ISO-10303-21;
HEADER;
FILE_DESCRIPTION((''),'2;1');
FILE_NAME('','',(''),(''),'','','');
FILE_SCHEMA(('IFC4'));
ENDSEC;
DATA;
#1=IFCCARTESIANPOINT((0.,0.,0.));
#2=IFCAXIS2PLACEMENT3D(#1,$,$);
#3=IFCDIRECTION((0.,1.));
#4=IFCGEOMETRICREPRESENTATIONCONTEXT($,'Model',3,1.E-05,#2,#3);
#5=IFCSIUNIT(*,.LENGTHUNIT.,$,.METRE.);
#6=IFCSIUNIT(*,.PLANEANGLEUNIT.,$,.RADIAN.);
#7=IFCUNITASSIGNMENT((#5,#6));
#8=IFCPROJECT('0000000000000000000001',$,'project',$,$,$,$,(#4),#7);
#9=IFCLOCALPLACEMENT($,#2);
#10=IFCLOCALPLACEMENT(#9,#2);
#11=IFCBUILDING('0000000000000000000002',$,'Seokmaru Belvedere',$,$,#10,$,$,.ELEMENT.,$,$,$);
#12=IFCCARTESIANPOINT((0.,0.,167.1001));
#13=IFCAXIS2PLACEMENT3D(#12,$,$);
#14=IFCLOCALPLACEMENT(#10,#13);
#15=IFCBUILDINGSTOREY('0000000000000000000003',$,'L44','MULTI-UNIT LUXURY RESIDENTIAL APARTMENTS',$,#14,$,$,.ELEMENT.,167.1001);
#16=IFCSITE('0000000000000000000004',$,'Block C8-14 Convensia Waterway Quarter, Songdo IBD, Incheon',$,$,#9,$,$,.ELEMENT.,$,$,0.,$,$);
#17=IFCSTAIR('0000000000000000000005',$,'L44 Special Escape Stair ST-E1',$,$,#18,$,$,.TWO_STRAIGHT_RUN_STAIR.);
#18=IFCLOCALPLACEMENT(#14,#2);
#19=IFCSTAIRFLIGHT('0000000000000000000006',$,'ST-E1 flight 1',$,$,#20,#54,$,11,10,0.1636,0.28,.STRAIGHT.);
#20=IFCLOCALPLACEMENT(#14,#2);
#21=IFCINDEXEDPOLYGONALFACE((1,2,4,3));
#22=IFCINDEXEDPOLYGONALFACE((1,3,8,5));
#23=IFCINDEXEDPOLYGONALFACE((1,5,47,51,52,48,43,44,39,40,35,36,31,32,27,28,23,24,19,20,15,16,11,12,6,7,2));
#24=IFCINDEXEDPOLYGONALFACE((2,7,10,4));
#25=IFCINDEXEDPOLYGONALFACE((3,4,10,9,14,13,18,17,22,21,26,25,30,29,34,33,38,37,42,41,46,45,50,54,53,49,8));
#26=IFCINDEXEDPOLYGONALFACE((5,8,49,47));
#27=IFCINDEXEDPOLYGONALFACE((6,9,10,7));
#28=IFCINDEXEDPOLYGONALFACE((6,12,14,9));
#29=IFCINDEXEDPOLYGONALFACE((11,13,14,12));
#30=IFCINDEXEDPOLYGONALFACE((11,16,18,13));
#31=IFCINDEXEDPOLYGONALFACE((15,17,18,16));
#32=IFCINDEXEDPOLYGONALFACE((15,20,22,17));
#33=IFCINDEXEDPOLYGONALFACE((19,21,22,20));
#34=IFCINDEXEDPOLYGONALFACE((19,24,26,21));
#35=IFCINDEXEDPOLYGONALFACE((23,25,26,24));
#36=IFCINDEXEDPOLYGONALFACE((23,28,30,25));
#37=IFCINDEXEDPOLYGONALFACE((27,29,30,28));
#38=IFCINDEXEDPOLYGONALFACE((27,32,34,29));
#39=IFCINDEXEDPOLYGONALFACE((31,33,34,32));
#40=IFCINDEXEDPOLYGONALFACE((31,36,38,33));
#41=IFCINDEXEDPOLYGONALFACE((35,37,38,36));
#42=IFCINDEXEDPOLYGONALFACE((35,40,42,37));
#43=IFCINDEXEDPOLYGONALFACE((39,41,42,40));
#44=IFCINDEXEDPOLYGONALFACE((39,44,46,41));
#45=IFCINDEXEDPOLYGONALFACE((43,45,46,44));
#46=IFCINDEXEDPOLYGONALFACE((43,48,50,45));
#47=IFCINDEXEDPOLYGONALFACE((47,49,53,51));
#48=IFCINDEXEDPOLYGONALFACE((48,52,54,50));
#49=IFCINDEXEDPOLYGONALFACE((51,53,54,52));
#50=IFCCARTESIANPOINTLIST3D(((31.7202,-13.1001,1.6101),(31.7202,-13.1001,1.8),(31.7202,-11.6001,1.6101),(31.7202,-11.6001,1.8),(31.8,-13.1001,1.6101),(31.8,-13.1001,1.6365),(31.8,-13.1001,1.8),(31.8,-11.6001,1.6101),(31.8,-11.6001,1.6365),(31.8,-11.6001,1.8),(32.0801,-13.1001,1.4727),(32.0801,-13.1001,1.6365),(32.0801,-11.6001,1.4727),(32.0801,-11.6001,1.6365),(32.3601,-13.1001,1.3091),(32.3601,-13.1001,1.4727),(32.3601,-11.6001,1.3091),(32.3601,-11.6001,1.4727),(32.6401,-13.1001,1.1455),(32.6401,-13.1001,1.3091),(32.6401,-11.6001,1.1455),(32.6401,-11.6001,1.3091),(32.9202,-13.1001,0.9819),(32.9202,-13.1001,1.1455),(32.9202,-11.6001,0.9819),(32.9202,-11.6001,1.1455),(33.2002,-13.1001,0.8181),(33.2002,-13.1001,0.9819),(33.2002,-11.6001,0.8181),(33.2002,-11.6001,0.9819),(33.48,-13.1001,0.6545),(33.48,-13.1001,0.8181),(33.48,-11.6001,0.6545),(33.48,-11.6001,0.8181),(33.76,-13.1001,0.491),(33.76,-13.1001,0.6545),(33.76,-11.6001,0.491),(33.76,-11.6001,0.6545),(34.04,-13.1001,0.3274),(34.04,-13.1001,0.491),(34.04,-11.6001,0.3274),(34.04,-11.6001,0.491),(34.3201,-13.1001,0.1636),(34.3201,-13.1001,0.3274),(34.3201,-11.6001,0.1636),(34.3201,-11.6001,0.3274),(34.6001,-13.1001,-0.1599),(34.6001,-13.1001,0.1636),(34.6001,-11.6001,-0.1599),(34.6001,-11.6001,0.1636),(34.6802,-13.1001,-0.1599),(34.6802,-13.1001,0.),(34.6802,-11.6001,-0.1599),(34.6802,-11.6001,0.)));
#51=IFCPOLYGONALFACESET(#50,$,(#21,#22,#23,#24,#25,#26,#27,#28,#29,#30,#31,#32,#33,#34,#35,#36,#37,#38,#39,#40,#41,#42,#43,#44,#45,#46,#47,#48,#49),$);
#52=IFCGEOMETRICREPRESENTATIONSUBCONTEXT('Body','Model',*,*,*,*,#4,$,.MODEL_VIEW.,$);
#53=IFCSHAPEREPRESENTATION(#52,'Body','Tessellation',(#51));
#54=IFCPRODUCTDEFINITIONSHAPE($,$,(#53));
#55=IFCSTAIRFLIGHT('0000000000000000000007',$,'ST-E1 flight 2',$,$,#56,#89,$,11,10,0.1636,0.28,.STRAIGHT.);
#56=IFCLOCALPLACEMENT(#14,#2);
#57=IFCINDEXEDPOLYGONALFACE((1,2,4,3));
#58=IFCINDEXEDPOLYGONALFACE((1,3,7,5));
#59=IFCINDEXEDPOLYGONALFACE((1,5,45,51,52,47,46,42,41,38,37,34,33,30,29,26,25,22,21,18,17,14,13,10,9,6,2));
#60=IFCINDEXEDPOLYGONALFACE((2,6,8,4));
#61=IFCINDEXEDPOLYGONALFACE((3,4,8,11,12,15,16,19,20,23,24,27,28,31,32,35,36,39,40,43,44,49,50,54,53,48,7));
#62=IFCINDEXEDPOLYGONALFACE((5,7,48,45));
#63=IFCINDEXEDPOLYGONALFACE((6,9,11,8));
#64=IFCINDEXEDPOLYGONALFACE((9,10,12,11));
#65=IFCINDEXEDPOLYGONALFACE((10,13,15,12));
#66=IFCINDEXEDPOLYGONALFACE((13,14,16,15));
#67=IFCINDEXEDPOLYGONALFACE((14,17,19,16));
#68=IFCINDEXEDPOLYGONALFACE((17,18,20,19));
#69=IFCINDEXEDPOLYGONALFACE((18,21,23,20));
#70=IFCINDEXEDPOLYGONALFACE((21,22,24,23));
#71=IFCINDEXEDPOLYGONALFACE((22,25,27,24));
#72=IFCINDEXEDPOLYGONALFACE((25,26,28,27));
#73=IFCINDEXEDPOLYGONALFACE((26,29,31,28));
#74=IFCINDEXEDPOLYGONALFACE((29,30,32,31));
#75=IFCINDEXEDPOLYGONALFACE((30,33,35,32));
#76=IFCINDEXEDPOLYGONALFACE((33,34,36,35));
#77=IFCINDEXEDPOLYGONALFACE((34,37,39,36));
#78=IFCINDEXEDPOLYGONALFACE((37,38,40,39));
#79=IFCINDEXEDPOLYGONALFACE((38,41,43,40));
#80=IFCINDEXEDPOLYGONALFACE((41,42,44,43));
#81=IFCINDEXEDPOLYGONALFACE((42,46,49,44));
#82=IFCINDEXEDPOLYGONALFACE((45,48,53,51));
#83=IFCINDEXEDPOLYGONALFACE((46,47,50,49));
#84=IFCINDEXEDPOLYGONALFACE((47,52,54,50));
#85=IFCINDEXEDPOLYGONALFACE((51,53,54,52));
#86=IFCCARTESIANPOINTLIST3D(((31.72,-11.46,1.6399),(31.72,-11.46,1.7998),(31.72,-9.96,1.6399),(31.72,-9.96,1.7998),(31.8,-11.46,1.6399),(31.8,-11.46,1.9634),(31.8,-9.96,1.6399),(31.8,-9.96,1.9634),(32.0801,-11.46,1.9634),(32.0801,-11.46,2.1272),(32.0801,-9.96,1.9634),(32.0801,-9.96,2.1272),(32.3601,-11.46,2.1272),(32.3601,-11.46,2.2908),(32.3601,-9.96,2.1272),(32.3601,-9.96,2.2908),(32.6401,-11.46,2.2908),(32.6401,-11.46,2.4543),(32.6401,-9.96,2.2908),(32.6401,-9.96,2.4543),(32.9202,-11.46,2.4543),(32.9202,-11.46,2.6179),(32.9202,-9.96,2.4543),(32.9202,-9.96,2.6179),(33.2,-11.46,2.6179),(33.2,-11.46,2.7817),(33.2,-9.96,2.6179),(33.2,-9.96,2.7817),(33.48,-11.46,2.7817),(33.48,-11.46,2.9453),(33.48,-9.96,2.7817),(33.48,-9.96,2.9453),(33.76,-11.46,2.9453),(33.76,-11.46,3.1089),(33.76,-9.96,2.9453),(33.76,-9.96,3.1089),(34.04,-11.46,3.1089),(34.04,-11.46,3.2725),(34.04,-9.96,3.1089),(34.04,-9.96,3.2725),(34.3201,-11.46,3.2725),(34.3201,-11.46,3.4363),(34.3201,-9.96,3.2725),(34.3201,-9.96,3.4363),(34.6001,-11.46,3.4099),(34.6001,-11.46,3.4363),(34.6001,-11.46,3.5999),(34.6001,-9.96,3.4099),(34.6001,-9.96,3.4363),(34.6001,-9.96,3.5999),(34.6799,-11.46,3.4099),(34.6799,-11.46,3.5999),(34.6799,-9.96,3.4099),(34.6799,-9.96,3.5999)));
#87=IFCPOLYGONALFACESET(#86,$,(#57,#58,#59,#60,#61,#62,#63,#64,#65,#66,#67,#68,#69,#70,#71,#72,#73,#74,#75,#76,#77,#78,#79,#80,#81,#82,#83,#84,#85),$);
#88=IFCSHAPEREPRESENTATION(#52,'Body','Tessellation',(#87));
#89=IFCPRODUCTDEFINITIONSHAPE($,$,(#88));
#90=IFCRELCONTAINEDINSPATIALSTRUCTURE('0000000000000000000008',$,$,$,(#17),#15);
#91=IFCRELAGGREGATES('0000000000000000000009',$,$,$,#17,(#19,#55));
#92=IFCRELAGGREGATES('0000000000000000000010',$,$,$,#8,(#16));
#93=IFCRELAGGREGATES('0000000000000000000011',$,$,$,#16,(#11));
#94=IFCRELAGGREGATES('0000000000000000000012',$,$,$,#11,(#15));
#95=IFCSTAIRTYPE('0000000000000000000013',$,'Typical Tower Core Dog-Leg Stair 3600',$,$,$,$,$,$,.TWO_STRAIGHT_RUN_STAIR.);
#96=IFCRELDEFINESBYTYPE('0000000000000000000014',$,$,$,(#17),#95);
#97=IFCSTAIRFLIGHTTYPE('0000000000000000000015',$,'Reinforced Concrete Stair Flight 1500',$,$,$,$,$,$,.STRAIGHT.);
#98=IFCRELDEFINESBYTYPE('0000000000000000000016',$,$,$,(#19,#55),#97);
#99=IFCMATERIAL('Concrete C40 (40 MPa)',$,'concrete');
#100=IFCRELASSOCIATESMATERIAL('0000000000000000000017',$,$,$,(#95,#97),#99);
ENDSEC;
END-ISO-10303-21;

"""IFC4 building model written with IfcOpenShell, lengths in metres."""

from ifc_helpers import new_model, si_unit, direction, frame, origin, place, context, subcontext, project, spatial, polyline, outline, extrude, material, type_object, element, aggregate, save


model = new_model("IFC4")

# Units and contexts
model_context = context("Model", 3, precision=1e-05, world=origin(), true_north=direction((0.0, 1.0)))
body_context = subcontext(model_context, "Body", "Model", "MODEL_VIEW")
ifc_project = project(units=[si_unit("LENGTHUNIT", "METRE"), si_unit("PLANEANGLEUNIT", "RADIAN")], contexts=[model_context])

# Site, building, storey
site_placement = place(None, origin())
site = spatial("IfcSite", under=ifc_project, at=site_placement, Name="Block C8-14 Convensia Waterway Quarter, Songdo IBD, Incheon", CompositionType="ELEMENT", RefElevation=0.0)
building_placement = place(site_placement, origin())
building = spatial("IfcBuilding", under=site, at=building_placement, Name="Seokmaru Belvedere", CompositionType="ELEMENT")
storey_placement = place(building_placement, frame((0.0, 0.0, 167.1001)))
storey = spatial("IfcBuildingStorey", under=building, at=storey_placement, Name="L44", Description="MULTI-UNIT LUXURY RESIDENTIAL APARTMENTS", CompositionType="ELEMENT", Elevation=167.1001)

# Stair, stair flights
ifc_material_1 = material(Name="Concrete C40 (40 MPa)", Category="concrete")
stair_type = type_object("IfcStairType", Name="Typical Tower Core Dog-Leg Stair 3600", PredefinedType="TWO_STRAIGHT_RUN_STAIR", material=ifc_material_1)
stair_placement = place(storey_placement, origin())
stair = element("IfcStair", 1, at=stair_placement, inside=storey, type_object=stair_type, Name="L44 Special Escape Stair ST-E1", PredefinedType="TWO_STRAIGHT_RUN_STAIR")
stair_flight_type = type_object("IfcStairFlightType", Name="Reinforced Concrete Stair Flight 1500", PredefinedType="STRAIGHT", material=ifc_material_1)
stair_flight_1_placement = place(storey_placement, frame((34.6001, -12.3501, 0.0), z_axis=(0.0, 0.0, 1.0), x_axis=(-1.0, 0.0, 0.0)))
stair_flight_1 = element("IfcStairFlight", 2, at=stair_flight_1_placement, type_object=stair_flight_type, Name="ST-E1 flight 1", NumberOfRisers=11, NumberOfTreads=10, PredefinedType="STRAIGHT", RiserHeight=0.1636, TreadLength=0.28, context=body_context, shape_type="SweptSolid", body=[
    extrude(outline(polyline([(-0.0801, 0.0), (0.0, 0.1636), (0.28, 0.1636), (0.28, 0.3274), (0.5601, 0.3274), (0.5601, 0.491), (0.8401, 0.491), (0.8401, 0.6545), (1.1201, 0.6545), (1.1201, 0.8181), (1.3999, 0.8181), (1.3999, 0.9819), (1.6799, 0.9819), (1.6799, 1.1455), (1.96, 1.1455), (1.96, 1.3091), (2.24, 1.3091), (2.24, 1.4727), (2.52, 1.4727), (2.52, 1.6365), (2.8, 1.6365), (2.8, 1.8), (2.8799, 1.8), (2.8799, 1.6101), (2.8, 1.6101), (0.0, -0.1599), (-0.0801, -0.1599), (-0.0801, 0.0)])), frame((0.0, 0.75, 0.0), z_axis=(0.0, -1.0, 0.0), x_axis=(1.0, 0.0, 0.0)), (0.0, 0.0, 1.0), 1.5),
])
stair_flight_2_placement = place(storey_placement, frame((31.8, -10.71, 1.7998), z_axis=(0.0, 0.0, 1.0), x_axis=(1.0, 0.0, 0.0)))
stair_flight_2 = element("IfcStairFlight", 3, at=stair_flight_2_placement, type_object=stair_flight_type, Name="ST-E1 flight 2", NumberOfRisers=11, NumberOfTreads=10, PredefinedType="STRAIGHT", RiserHeight=0.1636, TreadLength=0.28, context=body_context, shape_type="SweptSolid", body=[
    extrude(outline(polyline([(-0.0801, 0.0), (0.0, 0.1636), (0.28, 0.1636), (0.28, 0.3274), (0.5601, 0.3274), (0.5601, 0.491), (0.8401, 0.491), (0.8401, 0.6545), (1.1201, 0.6545), (1.1201, 0.8181), (1.3999, 0.8181), (1.3999, 0.9819), (1.6799, 0.9819), (1.6799, 1.1455), (1.96, 1.1455), (1.96, 1.3091), (2.24, 1.3091), (2.24, 1.4727), (2.52, 1.4727), (2.52, 1.6365), (2.8, 1.6365), (2.8, 1.8), (2.8799, 1.8), (2.8799, 1.6101), (2.8, 1.6101), (0.0, -0.1599), (-0.0801, -0.1599), (-0.0801, 0.0)])), frame((0.0, 0.75, 0.0), z_axis=(0.0, -1.0, 0.0), x_axis=(1.0, 0.0, 0.0)), (0.0, 0.0, 1.0), 1.5),
])
aggregate(stair, [stair_flight_1, stair_flight_2])

save(model, "model.ifc")
